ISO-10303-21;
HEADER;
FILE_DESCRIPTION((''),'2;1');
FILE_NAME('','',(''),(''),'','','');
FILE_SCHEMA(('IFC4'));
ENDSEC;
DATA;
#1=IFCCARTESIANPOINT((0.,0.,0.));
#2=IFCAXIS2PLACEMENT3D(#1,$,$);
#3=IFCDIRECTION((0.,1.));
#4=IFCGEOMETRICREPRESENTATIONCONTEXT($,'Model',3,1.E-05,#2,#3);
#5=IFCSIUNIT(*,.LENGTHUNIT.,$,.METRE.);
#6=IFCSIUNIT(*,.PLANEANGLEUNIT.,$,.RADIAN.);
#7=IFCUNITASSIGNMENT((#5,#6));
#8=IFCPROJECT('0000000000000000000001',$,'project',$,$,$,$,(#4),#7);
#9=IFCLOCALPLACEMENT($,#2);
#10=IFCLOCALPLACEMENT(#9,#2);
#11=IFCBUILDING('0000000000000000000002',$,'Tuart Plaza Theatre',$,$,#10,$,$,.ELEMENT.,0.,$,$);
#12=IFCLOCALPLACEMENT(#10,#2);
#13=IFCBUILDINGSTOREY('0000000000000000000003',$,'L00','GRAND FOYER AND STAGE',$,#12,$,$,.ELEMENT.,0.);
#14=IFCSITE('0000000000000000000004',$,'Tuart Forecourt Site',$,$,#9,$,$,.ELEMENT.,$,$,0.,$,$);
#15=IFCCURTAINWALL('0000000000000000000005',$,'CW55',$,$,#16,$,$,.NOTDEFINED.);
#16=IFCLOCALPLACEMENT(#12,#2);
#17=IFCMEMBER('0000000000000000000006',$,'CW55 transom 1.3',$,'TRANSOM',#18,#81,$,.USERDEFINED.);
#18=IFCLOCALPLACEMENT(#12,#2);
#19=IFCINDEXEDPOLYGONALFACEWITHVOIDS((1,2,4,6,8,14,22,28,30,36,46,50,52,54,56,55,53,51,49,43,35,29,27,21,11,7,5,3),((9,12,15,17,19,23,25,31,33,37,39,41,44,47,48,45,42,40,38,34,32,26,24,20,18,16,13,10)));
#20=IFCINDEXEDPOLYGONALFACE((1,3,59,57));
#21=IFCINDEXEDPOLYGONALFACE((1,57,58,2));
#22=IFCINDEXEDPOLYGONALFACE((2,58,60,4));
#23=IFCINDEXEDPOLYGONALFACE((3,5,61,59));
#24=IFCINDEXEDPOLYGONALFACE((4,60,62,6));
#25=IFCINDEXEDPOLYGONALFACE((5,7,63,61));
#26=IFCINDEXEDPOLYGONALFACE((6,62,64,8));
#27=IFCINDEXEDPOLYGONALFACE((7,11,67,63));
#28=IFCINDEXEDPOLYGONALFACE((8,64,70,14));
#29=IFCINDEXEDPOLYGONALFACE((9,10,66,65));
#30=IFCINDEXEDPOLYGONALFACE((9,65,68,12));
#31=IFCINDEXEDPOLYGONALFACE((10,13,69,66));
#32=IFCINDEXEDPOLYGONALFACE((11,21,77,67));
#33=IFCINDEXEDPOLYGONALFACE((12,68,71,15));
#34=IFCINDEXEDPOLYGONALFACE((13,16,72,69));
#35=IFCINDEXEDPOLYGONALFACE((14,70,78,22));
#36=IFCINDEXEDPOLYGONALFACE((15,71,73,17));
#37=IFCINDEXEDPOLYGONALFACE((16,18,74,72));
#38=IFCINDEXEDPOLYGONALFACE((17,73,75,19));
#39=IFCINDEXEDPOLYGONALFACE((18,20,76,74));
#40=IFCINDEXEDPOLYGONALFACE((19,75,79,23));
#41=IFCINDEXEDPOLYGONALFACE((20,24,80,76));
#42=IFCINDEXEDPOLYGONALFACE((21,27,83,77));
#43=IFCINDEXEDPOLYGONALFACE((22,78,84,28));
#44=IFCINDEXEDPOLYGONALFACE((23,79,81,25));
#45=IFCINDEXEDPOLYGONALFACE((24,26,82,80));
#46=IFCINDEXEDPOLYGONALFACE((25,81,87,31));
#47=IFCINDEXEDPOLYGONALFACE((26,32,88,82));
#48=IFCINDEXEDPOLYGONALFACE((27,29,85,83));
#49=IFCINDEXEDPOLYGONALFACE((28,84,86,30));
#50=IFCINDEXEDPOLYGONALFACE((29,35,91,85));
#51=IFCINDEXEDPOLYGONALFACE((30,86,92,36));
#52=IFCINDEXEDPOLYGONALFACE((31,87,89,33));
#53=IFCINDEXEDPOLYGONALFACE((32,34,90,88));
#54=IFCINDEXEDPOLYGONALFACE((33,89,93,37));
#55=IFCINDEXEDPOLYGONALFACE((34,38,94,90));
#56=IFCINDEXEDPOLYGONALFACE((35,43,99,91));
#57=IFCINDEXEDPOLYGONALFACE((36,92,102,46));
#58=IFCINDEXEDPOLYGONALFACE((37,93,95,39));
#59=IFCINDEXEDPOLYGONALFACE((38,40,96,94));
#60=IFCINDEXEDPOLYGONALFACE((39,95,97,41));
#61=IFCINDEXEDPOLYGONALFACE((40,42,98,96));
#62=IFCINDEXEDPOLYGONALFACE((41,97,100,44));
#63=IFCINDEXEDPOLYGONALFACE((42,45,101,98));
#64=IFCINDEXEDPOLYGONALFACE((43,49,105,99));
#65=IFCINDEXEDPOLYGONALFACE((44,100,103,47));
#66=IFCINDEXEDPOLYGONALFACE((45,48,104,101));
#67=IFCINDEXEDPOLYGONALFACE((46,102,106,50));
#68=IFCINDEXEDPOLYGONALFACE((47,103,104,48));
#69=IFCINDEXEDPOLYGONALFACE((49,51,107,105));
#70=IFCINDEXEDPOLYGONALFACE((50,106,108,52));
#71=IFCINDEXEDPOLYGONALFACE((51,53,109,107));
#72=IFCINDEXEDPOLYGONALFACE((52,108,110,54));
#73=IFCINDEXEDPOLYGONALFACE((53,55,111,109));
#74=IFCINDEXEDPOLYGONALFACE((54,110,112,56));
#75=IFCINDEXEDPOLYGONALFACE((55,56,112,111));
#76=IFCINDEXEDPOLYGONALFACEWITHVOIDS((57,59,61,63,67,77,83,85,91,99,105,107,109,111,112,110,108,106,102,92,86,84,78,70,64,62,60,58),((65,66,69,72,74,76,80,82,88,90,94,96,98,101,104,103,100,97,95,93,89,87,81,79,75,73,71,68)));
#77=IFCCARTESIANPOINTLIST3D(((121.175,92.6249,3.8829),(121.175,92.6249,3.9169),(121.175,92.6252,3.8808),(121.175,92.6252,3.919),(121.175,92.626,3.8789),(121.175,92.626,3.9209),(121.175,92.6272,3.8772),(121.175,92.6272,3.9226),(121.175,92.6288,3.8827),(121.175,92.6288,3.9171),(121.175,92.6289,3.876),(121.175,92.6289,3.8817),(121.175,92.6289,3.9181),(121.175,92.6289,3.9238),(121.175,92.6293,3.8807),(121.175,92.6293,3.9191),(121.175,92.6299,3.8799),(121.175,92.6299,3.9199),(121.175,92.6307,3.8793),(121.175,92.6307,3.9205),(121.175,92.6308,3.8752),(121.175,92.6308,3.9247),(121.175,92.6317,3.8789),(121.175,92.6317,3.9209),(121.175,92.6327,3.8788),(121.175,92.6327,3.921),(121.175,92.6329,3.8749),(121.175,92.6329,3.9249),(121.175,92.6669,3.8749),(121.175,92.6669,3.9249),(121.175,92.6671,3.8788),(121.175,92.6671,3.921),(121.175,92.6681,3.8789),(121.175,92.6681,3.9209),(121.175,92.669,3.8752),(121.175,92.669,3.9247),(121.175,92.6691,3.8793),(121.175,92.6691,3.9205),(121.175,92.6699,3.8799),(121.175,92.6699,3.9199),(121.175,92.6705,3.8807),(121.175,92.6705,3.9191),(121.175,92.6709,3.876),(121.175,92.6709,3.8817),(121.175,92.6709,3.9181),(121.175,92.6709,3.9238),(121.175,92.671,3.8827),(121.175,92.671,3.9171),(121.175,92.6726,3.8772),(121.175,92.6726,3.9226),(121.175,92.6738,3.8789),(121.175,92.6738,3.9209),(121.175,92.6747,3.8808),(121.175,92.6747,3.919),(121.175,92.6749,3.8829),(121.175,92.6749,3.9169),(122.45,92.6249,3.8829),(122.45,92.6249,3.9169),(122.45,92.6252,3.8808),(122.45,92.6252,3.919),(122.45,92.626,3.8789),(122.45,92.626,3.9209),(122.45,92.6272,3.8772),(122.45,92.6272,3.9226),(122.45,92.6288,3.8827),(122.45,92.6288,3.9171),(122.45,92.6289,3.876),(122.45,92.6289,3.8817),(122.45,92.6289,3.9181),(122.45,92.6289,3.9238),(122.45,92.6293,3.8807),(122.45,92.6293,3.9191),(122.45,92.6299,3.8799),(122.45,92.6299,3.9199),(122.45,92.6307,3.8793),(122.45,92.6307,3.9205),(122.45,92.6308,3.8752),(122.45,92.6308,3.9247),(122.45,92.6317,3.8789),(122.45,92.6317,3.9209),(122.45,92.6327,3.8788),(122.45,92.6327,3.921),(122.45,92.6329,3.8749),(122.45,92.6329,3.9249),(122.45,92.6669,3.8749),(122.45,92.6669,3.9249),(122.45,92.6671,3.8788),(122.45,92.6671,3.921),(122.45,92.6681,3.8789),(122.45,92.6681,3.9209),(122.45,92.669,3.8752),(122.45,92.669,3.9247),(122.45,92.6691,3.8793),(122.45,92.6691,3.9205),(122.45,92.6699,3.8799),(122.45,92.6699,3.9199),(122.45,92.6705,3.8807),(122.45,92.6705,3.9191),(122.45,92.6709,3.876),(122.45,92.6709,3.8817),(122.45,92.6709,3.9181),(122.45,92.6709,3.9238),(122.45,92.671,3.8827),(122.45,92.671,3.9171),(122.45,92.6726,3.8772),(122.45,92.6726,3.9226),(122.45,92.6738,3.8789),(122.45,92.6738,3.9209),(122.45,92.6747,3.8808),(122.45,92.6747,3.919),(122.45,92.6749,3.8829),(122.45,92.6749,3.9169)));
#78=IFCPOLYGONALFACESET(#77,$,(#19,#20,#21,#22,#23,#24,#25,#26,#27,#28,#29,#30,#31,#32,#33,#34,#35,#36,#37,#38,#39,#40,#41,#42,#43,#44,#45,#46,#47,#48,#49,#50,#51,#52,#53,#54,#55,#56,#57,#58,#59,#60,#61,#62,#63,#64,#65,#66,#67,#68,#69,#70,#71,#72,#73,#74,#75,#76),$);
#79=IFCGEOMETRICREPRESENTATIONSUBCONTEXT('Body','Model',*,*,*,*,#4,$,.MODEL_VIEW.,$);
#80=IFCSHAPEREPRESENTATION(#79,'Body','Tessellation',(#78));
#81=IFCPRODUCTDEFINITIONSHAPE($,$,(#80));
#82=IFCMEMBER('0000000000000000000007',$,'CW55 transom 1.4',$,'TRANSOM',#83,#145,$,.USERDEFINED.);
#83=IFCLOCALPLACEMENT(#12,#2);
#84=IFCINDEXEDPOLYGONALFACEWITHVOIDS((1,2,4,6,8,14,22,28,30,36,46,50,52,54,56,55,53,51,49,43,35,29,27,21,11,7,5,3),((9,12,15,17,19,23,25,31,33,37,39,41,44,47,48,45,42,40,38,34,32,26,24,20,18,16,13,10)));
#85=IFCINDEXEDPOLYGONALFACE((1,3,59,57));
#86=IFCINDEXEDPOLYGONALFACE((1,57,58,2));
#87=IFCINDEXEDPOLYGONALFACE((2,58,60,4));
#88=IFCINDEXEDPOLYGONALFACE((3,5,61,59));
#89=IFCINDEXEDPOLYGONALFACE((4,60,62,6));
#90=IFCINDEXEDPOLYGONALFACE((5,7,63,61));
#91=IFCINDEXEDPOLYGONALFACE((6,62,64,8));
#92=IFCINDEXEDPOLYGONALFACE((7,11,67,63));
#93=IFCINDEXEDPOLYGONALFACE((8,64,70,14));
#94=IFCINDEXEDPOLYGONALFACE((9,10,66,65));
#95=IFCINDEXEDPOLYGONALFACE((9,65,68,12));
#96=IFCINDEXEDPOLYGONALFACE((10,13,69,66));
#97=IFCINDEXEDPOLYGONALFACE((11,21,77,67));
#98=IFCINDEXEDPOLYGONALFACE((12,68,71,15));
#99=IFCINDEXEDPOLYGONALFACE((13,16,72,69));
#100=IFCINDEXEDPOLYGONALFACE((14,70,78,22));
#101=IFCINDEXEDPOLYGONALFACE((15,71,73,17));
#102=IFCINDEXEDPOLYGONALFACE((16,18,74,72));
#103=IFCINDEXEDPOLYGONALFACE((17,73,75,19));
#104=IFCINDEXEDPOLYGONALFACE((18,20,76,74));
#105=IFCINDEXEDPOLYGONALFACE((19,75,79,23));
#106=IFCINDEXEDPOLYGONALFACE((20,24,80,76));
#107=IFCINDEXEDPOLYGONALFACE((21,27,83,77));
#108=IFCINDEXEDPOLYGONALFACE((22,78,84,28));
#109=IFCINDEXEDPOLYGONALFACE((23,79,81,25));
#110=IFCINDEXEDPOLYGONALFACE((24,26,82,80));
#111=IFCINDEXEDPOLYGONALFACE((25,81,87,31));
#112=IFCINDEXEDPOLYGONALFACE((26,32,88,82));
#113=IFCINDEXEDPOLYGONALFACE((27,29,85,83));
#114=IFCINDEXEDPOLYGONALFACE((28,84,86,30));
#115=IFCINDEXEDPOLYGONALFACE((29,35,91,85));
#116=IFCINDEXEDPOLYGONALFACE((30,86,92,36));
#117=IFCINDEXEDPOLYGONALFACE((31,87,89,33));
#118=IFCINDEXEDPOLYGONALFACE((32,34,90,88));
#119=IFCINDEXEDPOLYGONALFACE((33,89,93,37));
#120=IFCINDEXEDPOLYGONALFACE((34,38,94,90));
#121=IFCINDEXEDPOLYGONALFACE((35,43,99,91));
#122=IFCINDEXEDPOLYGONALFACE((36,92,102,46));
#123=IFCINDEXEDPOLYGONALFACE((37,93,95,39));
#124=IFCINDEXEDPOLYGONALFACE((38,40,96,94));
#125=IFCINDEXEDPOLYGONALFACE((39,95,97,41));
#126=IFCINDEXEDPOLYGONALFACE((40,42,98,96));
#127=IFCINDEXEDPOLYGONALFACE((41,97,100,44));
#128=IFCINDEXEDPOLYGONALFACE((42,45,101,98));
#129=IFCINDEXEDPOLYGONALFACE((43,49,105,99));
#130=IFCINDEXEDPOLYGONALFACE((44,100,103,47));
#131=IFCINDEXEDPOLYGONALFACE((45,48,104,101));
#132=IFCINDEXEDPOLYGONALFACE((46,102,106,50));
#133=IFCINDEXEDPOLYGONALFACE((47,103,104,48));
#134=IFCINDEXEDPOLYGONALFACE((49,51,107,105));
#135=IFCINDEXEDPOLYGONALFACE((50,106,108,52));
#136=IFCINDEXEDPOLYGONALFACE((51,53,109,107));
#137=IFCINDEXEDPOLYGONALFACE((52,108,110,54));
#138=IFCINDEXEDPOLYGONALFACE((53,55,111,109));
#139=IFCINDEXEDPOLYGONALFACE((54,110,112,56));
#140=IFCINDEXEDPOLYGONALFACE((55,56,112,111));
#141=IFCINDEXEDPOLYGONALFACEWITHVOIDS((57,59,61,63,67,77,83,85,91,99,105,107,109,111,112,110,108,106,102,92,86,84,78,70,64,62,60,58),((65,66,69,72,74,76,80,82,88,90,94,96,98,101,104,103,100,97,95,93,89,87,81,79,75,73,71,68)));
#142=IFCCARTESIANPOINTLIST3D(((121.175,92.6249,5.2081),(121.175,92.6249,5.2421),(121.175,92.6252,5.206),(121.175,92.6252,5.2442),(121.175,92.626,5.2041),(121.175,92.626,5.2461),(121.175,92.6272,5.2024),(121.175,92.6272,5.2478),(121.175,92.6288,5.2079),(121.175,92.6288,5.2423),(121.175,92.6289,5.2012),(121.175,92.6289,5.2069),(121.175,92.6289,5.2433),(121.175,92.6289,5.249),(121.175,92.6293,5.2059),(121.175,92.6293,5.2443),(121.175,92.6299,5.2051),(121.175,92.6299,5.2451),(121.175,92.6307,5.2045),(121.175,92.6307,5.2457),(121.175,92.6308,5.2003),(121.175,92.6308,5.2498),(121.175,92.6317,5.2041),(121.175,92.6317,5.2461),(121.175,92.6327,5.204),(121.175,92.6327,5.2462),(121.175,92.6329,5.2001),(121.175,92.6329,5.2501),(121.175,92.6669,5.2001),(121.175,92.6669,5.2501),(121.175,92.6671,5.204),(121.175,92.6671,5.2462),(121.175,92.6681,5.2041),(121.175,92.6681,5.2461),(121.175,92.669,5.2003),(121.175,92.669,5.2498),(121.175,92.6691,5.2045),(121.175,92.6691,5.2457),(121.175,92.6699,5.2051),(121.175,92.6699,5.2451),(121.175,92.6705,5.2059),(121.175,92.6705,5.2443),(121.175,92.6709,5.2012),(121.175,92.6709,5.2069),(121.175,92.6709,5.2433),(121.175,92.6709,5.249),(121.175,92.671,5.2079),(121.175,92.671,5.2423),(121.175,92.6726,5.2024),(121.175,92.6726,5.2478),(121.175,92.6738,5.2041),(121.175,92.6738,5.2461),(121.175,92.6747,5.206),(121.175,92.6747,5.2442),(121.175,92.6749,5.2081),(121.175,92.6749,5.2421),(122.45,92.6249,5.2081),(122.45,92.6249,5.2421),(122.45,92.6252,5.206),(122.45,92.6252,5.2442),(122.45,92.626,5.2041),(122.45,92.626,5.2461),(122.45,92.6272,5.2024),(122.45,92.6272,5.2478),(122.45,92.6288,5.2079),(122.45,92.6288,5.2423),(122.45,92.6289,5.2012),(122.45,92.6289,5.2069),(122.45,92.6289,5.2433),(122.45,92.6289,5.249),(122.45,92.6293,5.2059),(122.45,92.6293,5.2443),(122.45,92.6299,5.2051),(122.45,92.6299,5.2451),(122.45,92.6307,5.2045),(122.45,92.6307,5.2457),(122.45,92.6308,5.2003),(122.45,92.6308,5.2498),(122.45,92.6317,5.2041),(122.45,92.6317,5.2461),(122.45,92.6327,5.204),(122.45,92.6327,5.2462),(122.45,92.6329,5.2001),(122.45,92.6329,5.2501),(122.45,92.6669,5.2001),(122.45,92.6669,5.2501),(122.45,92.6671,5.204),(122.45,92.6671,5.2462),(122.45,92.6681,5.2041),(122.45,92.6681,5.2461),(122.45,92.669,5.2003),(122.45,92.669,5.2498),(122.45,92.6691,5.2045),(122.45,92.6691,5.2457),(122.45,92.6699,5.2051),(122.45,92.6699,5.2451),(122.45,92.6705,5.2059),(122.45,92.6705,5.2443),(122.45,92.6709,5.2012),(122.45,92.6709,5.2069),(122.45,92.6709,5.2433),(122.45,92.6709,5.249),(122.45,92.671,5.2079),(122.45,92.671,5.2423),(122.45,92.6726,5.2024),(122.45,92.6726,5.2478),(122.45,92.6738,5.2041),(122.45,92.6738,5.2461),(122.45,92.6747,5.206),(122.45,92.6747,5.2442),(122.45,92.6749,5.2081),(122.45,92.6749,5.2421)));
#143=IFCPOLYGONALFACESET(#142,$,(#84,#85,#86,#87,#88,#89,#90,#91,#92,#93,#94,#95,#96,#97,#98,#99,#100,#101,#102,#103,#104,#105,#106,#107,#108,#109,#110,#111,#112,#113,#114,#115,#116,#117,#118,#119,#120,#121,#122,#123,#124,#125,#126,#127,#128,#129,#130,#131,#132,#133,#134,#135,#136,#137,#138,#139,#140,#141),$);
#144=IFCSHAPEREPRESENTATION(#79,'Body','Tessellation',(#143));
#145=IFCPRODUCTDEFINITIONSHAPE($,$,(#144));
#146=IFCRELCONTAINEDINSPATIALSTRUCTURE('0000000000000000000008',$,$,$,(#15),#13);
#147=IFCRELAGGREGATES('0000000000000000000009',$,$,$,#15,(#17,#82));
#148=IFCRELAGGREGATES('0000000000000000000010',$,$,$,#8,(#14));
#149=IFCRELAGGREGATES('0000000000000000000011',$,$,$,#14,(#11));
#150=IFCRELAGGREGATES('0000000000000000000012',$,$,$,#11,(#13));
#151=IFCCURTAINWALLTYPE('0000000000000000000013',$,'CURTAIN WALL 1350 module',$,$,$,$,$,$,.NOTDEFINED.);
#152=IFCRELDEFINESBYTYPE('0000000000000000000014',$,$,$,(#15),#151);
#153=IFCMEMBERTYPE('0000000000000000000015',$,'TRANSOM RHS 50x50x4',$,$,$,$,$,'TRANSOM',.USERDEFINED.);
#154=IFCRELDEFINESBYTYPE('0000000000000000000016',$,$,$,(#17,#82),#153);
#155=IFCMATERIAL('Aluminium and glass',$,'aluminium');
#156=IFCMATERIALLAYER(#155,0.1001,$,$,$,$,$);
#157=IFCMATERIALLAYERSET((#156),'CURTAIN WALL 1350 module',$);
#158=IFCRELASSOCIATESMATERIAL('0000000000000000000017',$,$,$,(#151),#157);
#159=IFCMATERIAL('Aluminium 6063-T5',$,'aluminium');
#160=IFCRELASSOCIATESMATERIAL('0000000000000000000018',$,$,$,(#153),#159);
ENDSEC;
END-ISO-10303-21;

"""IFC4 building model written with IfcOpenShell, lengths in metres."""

from ifc_helpers import new_model, si_unit, direction, frame, origin, origin_2d, place, context, subcontext, project, spatial, hollow_rectangle, extrude, material, layer, layer_set, material_profile, profile_set, type_object, element, aggregate, save


model = new_model("IFC4")

# Units and contexts
model_context = context("Model", 3, precision=1e-05, world=origin(), true_north=direction((0.0, 1.0)))
body_context = subcontext(model_context, "Body", "Model", "MODEL_VIEW")
ifc_project = project(units=[si_unit("LENGTHUNIT", "METRE"), si_unit("PLANEANGLEUNIT", "RADIAN")], contexts=[model_context])

# Site, building, storey
site_placement = place(None, origin())
site = spatial("IfcSite", under=ifc_project, at=site_placement, Name="Tuart Forecourt Site", CompositionType="ELEMENT", RefElevation=0.0)
building_placement = place(site_placement, origin())
building = spatial("IfcBuilding", under=site, at=building_placement, Name="Tuart Plaza Theatre", CompositionType="ELEMENT", ElevationOfRefHeight=0.0)
storey_placement = place(building_placement, origin())
storey = spatial("IfcBuildingStorey", under=building, at=storey_placement, Name="L00", Description="GRAND FOYER AND STAGE", CompositionType="ELEMENT", Elevation=0.0)

# Curtain wall, members
ifc_material_1 = material(Name="Aluminium and glass", Category="aluminium")
ifc_layer_1 = layer(ifc_material_1, 0.1001)
ifc_layer_set_1 = layer_set([ifc_layer_1], Name="CURTAIN WALL 1350 module")
curtain_wall_type = type_object("IfcCurtainWallType", Name="CURTAIN WALL 1350 module", PredefinedType="NOTDEFINED", material=ifc_layer_set_1)
curtain_wall_placement = place(storey_placement, origin())
curtain_wall = element("IfcCurtainWall", 1, at=curtain_wall_placement, inside=storey, type_object=curtain_wall_type, Name="CW55", PredefinedType="NOTDEFINED")
ifc_material_2 = material(Name="Aluminium 6063-T5", Category="aluminium")
ifc_material_profile_1 = material_profile(ifc_material_2, hollow_rectangle(XDim=0.05, YDim=0.05, WallThickness=0.0039, InnerFilletRadius=0.0039, OuterFilletRadius=0.0081, at=origin_2d()), Name="RHS 50x50x4")
ifc_profile_set_1 = profile_set([ifc_material_profile_1], Name="Aluminium 6063-T5")
member_type_1 = type_object("IfcMemberType", Name="TRANSOM RHS 50x50x4", ElementType="TRANSOM", PredefinedType="USERDEFINED", material=ifc_profile_set_1)
member_1_placement = place(storey_placement, frame((122.45, 92.6499, 3.8999), z_axis=(-1.0, 0.0, 0.0), x_axis=(0.0, -1.0, 0.0)))
member_1 = element("IfcMember", 2, at=member_1_placement, type_object=member_type_1, Name="CW55 transom 1.3", ObjectType="TRANSOM", PredefinedType="USERDEFINED", context=body_context, shape_type="SweptSolid", body=[
    extrude(hollow_rectangle(XDim=0.05, YDim=0.05, WallThickness=0.0039, InnerFilletRadius=0.0039, OuterFilletRadius=0.0081, at=origin_2d()), origin(), (0.0, 0.0, 1.0), 1.2749),
])
member_2_placement = place(storey_placement, frame((122.45, 92.6499, 5.2251), z_axis=(-1.0, 0.0, 0.0), x_axis=(0.0, -1.0, 0.0)))
member_2 = element("IfcMember", 3, at=member_2_placement, type_object=member_type_1, Name="CW55 transom 1.4", ObjectType="TRANSOM", PredefinedType="USERDEFINED", context=body_context, shape_type="SweptSolid", body=[
    extrude(hollow_rectangle(XDim=0.05, YDim=0.05, WallThickness=0.0039, InnerFilletRadius=0.0039, OuterFilletRadius=0.0081, at=origin_2d()), origin(), (0.0, 0.0, 1.0), 1.2749),
])
aggregate(curtain_wall, [member_1, member_2])

save(model, "model.ifc")
